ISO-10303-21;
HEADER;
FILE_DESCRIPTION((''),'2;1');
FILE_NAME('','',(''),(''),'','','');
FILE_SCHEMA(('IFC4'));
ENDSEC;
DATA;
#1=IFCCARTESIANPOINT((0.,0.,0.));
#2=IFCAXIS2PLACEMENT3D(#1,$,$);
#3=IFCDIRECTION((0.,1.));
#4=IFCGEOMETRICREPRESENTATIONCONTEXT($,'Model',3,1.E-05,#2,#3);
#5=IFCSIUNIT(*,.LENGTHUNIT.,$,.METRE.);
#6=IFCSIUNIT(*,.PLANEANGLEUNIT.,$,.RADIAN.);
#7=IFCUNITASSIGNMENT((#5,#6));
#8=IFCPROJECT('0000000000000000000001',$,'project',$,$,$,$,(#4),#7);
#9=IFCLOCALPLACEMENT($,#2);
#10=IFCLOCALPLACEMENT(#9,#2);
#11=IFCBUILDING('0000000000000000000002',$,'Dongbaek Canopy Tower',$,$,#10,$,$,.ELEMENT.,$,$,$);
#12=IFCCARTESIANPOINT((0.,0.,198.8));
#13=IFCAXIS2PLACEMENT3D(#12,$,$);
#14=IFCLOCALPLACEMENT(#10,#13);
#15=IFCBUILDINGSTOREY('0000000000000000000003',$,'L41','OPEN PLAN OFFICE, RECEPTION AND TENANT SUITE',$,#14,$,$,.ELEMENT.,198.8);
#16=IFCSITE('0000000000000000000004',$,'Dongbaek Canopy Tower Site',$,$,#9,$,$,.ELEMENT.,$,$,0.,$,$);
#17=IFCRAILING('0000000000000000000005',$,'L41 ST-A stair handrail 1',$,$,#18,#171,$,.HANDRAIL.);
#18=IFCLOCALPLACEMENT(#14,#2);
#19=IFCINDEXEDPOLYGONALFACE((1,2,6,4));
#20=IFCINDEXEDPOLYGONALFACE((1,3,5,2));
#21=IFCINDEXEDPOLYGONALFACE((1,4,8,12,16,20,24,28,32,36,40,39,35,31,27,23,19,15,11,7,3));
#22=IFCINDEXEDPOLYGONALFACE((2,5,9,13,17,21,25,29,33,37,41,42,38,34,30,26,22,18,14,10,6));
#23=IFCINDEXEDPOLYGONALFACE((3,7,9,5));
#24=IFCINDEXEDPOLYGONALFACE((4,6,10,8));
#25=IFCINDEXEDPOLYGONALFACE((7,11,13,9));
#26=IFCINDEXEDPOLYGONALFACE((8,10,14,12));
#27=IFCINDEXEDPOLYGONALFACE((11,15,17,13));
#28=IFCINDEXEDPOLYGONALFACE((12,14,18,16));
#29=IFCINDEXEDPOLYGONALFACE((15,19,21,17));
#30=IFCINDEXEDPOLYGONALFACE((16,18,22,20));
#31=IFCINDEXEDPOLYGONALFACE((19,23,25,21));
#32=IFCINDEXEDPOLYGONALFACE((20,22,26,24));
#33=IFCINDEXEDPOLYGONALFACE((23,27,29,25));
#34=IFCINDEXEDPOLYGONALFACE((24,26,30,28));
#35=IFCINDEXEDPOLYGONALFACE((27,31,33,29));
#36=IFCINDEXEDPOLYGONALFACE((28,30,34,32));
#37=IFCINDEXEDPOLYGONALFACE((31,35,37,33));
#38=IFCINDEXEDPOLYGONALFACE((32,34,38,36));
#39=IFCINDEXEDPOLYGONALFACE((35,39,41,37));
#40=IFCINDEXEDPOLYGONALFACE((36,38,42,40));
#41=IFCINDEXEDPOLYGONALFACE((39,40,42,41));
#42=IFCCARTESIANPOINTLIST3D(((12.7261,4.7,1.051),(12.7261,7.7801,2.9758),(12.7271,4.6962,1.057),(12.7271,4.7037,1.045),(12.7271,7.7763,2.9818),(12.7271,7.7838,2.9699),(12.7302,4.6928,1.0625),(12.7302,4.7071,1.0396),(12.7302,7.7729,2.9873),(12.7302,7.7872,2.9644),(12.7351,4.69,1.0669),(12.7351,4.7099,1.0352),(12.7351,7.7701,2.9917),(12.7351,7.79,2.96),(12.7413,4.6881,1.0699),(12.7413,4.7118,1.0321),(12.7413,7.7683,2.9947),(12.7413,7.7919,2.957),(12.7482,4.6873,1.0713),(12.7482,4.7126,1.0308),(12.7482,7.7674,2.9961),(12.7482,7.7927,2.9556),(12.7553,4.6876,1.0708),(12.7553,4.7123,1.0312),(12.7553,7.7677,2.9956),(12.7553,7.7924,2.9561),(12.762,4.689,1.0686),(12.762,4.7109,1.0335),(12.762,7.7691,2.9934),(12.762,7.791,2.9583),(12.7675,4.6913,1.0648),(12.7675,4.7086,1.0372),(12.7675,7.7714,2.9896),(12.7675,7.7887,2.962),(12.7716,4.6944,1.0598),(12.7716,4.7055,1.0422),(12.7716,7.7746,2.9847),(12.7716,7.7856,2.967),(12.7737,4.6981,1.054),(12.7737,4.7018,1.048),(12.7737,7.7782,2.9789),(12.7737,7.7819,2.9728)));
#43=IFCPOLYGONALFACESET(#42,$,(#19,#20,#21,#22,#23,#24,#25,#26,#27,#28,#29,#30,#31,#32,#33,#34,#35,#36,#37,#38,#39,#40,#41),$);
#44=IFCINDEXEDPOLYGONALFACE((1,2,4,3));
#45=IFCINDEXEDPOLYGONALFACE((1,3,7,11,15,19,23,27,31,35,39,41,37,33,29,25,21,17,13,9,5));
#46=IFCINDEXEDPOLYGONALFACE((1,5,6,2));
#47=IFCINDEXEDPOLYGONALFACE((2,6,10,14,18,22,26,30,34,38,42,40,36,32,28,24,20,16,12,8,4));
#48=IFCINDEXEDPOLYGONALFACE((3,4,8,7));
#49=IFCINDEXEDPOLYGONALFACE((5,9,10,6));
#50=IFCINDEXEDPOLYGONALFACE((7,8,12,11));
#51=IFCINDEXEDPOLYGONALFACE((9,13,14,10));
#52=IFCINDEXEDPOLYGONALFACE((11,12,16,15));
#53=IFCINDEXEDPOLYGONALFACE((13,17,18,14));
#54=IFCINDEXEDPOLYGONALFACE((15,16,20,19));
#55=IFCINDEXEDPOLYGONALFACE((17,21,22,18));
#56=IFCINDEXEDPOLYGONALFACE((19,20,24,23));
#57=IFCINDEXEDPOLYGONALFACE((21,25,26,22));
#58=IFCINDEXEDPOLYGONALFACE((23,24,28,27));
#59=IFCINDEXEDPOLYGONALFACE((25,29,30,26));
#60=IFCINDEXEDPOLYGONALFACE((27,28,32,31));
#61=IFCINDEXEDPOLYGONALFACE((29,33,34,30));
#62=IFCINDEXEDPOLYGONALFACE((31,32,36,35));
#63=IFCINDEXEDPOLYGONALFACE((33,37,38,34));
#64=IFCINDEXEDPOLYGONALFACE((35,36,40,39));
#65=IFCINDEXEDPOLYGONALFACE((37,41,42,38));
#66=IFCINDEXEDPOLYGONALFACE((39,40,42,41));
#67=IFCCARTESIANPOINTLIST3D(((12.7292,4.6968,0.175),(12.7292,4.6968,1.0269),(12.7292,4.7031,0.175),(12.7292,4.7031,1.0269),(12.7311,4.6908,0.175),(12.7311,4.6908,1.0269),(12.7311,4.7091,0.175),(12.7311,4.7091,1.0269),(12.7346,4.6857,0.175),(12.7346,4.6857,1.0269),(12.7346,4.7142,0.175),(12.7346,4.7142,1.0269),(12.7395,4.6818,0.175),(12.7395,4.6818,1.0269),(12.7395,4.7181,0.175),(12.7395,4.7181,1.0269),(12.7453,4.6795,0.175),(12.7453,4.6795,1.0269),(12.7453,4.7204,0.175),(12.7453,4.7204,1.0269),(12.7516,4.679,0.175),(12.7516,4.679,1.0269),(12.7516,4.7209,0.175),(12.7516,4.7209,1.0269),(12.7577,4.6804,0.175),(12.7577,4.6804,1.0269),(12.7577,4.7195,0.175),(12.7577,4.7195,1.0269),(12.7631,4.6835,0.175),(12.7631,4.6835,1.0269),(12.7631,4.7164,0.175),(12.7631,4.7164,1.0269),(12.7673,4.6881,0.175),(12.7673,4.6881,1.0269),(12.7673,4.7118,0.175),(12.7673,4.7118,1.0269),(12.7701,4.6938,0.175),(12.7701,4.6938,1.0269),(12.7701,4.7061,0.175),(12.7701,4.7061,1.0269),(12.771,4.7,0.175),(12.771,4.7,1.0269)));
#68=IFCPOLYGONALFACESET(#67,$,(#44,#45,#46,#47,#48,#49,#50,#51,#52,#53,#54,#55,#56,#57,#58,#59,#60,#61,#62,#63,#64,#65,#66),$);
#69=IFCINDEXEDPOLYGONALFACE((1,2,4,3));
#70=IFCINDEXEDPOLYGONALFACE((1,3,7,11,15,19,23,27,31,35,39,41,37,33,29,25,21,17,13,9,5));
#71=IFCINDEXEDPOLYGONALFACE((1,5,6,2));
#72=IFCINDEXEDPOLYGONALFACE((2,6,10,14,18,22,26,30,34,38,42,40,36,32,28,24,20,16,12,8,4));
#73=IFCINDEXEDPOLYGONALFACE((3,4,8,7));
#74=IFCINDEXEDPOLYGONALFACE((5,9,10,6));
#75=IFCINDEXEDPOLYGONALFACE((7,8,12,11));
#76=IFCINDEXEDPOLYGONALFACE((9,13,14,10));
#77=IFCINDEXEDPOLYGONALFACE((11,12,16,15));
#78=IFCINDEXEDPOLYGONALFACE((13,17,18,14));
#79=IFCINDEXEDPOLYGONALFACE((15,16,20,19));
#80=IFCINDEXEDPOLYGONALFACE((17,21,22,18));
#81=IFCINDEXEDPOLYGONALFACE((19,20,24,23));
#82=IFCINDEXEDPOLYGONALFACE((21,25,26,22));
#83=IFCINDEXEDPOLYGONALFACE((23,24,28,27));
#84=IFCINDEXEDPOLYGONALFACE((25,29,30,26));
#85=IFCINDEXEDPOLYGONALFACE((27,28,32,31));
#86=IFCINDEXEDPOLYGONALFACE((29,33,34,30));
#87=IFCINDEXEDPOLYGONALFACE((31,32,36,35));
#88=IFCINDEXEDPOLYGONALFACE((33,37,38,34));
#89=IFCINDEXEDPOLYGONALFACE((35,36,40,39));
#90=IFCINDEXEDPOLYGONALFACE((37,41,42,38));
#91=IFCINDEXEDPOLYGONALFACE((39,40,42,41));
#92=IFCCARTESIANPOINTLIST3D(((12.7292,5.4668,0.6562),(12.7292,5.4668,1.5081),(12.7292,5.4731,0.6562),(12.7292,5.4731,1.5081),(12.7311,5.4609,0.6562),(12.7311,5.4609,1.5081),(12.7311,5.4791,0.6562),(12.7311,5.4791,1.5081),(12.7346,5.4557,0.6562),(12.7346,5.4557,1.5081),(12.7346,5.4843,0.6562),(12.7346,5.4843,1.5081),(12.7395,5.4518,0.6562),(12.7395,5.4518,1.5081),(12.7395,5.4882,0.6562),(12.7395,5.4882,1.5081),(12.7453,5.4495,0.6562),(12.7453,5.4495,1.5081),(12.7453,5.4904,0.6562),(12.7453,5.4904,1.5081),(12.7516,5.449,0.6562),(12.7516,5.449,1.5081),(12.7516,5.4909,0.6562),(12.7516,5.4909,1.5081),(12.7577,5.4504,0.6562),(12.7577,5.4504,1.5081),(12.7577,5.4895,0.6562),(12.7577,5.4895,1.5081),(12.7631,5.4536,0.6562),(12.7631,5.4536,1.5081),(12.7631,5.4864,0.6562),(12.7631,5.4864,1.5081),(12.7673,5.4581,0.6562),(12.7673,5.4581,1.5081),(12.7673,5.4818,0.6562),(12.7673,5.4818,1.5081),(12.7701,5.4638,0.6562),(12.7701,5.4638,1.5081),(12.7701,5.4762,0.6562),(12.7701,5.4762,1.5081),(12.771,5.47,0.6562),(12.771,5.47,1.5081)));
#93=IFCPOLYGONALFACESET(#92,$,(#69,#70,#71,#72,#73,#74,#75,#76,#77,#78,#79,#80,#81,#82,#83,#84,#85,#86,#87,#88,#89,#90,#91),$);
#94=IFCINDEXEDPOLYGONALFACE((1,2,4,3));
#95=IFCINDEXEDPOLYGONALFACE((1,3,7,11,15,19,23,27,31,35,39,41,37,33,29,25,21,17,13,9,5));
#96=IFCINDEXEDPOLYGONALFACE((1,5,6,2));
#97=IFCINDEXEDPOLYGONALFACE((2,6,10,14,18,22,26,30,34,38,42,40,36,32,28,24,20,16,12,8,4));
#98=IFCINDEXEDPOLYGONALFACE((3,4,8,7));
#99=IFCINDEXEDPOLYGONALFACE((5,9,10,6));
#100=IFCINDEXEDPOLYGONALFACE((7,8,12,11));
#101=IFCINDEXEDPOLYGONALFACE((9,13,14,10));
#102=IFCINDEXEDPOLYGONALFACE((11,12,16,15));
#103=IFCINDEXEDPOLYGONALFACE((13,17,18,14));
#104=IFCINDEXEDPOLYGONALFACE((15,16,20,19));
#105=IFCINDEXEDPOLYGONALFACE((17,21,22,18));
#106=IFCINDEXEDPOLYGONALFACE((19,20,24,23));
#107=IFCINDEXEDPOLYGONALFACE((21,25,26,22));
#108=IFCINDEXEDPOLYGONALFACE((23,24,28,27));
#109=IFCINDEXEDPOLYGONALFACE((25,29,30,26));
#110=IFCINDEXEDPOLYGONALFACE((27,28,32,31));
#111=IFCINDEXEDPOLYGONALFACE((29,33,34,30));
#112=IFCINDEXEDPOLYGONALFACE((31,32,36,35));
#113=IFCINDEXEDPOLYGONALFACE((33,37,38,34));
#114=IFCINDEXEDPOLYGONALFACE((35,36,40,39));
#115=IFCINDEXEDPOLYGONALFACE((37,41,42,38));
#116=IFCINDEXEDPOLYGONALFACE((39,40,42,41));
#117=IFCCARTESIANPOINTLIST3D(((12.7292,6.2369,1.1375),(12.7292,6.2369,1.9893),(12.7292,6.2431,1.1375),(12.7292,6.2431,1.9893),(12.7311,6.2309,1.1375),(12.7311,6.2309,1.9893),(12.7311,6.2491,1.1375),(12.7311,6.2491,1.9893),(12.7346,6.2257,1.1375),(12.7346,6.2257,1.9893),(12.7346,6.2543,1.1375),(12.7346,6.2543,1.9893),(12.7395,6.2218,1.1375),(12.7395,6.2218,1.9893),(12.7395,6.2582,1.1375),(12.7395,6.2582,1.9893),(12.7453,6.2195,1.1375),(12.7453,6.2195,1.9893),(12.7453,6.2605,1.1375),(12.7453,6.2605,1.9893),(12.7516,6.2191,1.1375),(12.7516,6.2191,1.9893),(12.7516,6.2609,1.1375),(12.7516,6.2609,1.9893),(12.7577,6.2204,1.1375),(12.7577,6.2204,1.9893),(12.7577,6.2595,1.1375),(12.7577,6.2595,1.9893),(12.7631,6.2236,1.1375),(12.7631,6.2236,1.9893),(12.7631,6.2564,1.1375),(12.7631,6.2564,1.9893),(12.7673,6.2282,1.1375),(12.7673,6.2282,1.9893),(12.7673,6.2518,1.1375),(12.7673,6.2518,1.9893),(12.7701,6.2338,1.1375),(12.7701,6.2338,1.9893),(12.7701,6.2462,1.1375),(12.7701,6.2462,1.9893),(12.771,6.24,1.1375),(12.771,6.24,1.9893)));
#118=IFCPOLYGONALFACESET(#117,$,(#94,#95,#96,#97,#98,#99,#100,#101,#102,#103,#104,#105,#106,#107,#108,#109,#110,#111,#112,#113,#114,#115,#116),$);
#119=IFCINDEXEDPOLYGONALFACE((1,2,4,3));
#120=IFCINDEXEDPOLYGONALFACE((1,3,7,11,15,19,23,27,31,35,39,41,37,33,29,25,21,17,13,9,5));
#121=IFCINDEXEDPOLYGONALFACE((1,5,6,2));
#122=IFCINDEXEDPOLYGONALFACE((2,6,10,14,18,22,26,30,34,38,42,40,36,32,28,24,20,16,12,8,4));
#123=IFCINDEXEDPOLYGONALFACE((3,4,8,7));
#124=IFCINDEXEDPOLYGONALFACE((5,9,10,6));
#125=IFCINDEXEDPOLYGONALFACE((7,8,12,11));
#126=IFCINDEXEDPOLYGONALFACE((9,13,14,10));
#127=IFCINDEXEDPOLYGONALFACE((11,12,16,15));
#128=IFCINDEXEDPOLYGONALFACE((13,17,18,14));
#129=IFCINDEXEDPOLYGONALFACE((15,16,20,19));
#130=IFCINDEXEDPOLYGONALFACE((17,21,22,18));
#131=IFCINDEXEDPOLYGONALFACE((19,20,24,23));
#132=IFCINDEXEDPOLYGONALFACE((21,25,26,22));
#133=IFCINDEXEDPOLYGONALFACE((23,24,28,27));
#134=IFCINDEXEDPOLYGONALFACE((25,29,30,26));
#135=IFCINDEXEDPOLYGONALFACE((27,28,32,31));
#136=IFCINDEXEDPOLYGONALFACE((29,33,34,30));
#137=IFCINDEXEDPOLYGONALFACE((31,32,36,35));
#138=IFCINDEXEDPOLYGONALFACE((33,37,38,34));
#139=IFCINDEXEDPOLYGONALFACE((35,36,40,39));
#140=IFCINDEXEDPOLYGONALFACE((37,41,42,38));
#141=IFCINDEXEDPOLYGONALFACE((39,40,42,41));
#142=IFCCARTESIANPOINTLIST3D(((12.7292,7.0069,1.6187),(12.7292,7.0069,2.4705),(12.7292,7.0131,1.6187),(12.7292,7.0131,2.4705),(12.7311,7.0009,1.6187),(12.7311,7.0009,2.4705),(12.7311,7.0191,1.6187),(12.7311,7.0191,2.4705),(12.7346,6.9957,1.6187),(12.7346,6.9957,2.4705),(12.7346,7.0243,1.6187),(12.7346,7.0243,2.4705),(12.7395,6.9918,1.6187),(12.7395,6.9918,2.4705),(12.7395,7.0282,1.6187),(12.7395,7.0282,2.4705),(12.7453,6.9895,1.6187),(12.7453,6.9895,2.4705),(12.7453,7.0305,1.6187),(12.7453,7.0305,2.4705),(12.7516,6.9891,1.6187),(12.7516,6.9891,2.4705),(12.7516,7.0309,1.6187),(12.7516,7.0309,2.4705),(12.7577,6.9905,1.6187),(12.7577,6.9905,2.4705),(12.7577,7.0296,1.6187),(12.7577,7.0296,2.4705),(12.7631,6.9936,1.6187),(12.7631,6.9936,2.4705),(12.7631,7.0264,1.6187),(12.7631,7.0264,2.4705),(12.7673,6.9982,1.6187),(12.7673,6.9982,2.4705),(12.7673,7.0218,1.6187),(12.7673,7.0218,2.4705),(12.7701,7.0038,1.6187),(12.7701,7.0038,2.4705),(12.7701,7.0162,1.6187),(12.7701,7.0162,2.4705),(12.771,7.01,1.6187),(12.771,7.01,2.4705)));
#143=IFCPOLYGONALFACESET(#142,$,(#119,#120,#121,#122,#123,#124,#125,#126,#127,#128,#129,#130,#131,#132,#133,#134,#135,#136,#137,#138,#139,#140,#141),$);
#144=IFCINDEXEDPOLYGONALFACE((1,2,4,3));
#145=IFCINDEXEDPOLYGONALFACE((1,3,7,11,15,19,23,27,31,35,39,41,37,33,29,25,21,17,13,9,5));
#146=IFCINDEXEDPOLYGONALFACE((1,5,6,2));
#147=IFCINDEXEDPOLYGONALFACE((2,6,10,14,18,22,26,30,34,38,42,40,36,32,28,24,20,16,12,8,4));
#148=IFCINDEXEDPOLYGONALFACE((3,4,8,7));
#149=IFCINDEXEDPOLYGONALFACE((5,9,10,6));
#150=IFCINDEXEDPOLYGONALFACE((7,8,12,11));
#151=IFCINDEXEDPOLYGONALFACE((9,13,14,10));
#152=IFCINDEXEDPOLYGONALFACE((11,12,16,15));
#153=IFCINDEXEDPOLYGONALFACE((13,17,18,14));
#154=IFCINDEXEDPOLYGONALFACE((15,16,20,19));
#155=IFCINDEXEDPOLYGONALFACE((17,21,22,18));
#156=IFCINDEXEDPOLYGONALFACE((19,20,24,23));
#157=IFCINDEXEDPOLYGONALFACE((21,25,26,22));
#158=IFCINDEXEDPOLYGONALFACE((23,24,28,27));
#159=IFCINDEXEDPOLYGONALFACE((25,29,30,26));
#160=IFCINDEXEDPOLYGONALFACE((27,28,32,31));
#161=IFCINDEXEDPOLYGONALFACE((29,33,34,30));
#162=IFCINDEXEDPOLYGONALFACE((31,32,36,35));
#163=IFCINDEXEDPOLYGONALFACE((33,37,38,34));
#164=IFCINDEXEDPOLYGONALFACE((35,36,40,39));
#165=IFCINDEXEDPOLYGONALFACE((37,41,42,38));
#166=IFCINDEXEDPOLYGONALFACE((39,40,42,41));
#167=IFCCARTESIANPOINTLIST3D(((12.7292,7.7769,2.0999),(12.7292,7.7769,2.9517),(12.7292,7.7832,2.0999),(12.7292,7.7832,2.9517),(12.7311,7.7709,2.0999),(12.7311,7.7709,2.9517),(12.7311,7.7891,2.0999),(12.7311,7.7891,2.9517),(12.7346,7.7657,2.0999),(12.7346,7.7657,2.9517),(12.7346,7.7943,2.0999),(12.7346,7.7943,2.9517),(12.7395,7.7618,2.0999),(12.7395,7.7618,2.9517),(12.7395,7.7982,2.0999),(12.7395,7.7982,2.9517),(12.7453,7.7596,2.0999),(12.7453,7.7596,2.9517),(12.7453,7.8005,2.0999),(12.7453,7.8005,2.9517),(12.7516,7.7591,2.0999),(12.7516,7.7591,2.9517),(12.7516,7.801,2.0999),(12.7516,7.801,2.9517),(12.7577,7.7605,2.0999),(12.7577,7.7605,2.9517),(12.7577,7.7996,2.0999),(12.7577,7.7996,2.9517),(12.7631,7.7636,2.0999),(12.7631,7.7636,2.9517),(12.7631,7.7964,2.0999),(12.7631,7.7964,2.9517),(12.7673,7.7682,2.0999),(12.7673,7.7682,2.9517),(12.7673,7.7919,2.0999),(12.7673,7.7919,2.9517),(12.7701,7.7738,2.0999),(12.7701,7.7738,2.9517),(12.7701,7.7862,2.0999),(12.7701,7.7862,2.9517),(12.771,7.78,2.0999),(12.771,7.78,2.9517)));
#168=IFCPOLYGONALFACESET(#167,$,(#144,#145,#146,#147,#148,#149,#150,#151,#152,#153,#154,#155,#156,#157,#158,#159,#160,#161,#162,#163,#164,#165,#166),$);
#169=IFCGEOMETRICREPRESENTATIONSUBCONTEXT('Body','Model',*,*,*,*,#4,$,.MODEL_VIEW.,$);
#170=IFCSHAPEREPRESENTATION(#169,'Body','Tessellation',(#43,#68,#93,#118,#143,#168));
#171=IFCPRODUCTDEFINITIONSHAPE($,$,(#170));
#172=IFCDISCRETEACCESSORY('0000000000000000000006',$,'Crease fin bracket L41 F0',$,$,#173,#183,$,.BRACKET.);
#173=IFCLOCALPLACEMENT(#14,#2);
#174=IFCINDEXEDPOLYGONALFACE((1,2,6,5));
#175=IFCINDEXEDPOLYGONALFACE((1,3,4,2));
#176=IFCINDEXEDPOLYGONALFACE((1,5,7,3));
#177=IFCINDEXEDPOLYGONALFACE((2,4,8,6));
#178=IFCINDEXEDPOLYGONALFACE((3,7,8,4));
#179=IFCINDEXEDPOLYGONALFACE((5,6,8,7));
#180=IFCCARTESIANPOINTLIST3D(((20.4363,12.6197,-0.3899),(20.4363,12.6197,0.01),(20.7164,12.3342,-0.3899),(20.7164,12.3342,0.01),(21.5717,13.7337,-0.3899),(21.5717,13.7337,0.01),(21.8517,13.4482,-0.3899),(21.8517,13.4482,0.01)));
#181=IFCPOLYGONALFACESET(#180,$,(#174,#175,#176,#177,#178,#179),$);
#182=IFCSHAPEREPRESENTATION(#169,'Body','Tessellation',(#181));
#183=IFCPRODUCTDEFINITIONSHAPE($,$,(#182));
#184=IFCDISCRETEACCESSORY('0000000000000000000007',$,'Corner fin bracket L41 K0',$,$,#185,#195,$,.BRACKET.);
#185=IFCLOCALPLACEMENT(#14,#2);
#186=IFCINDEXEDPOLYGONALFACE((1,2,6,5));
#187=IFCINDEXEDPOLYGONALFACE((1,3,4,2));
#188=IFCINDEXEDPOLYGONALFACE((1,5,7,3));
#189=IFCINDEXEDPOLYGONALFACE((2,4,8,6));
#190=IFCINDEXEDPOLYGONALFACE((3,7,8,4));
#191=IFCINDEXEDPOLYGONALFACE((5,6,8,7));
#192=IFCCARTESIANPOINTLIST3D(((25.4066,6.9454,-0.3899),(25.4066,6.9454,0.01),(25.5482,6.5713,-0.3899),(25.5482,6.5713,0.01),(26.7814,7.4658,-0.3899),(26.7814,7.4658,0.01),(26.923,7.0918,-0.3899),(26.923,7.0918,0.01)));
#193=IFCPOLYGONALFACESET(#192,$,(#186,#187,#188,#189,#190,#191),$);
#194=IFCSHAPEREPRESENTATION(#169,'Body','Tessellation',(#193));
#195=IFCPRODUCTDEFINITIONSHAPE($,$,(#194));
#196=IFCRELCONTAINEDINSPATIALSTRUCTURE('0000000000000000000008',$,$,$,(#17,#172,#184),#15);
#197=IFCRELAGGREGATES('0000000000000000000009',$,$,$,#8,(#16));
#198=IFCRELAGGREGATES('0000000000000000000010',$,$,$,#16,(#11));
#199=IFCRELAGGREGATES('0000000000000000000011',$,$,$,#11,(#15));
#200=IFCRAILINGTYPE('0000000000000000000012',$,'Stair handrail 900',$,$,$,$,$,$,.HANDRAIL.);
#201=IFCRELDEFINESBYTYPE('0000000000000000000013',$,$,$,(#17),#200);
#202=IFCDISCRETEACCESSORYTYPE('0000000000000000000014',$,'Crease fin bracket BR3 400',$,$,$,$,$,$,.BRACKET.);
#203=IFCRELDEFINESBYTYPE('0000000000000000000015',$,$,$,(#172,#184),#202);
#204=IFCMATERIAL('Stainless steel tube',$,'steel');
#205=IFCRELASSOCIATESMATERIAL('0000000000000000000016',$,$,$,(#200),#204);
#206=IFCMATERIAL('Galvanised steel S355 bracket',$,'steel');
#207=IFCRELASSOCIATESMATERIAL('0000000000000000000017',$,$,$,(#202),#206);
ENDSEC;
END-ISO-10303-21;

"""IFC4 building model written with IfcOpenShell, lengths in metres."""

from ifc_helpers import new_model, si_unit, direction, frame, origin, origin_2d, place, context, subcontext, project, spatial, rectangle, circle, extrude, material, type_object, element, save


model = new_model("IFC4")

# Units and contexts
model_context = context("Model", 3, precision=1e-05, world=origin(), true_north=direction((0.0, 1.0)))
body_context = subcontext(model_context, "Body", "Model", "MODEL_VIEW")
ifc_project = project(units=[si_unit("LENGTHUNIT", "METRE"), si_unit("PLANEANGLEUNIT", "RADIAN")], contexts=[model_context])

# Site, building, storey
site_placement = place(None, origin())
site = spatial("IfcSite", under=ifc_project, at=site_placement, Name="Dongbaek Canopy Tower Site", CompositionType="ELEMENT", RefElevation=0.0)
building_placement = place(site_placement, origin())
building = spatial("IfcBuilding", under=site, at=building_placement, Name="Dongbaek Canopy Tower", CompositionType="ELEMENT")
storey_placement = place(building_placement, frame((0.0, 0.0, 198.8)))
storey = spatial("IfcBuildingStorey", under=building, at=storey_placement, Name="L41", Description="OPEN PLAN OFFICE, RECEPTION AND TENANT SUITE", CompositionType="ELEMENT", Elevation=198.8)

# Railing
ifc_material_1 = material(Name="Stainless steel tube", Category="steel")
railing_type = type_object("IfcRailingType", Name="Stair handrail 900", PredefinedType="HANDRAIL", material=ifc_material_1)
railing_placement = place(storey_placement, frame((12.75, 4.7, 0.175)))
element("IfcRailing", 1, at=railing_placement, inside=storey, type_object=railing_type, Name="L41 ST-A stair handrail 1", PredefinedType="HANDRAIL", context=body_context, shape_type="SweptSolid", body=[
    extrude(circle(Radius=0.0239, at=origin_2d()), frame((0.0, 0.0, 0.876), z_axis=(0.0, 0.848029, 0.529951), x_axis=(-1.0, 0.0, 0.0)), (0.0, 0.0, 1.0), 3.6321),
    extrude(circle(Radius=0.021, at=origin_2d()), origin(), (0.0, 0.0, 1.0), 0.8518),
    extrude(circle(Radius=0.021, at=origin_2d()), frame((0.0, 0.77, 0.4812)), (0.0, 0.0, 1.0), 0.8518),
    extrude(circle(Radius=0.021, at=origin_2d()), frame((0.0, 1.54, 0.9624)), (0.0, 0.0, 1.0), 0.8518),
    extrude(circle(Radius=0.021, at=origin_2d()), frame((0.0, 2.3101, 1.4436)), (0.0, 0.0, 1.0), 0.8518),
    extrude(circle(Radius=0.021, at=origin_2d()), frame((0.0, 3.0801, 1.9248)), (0.0, 0.0, 1.0), 0.8518),
])

# Discrete accessories
ifc_material_2 = material(Name="Galvanised steel S355 bracket", Category="steel")
discrete_accessory_type = type_object("IfcDiscreteAccessoryType", Name="Crease fin bracket BR3 400", PredefinedType="BRACKET", material=ifc_material_2)
discrete_accessory_1_placement = place(storey_placement, frame((21.144, 13.0339, -0.3899), z_axis=(0.0, 0.0, 1.0), x_axis=(0.713782, 0.700368, 0.0)))
element("IfcDiscreteAccessory", 2, at=discrete_accessory_1_placement, inside=storey, type_object=discrete_accessory_type, Name="Crease fin bracket L41 F0", PredefinedType="BRACKET", context=body_context, shape_type="SweptSolid", body=[
    extrude(rectangle(XDim=1.5906, YDim=0.3999, at=origin_2d()), origin(), (0.0, 0.0, 1.0), 0.3999),
])
discrete_accessory_2_placement = place(storey_placement, frame((26.1648, 7.0186, -0.3899), z_axis=(0.0, 0.0, 1.0), x_axis=(0.935235, 0.354027, 0.0)))
element("IfcDiscreteAccessory", 3, at=discrete_accessory_2_placement, inside=storey, type_object=discrete_accessory_type, Name="Corner fin bracket L41 K0", PredefinedType="BRACKET", context=body_context, shape_type="SweptSolid", body=[
    extrude(rectangle(XDim=1.47, YDim=0.3999, at=origin_2d()), origin(), (0.0, 0.0, 1.0), 0.3999),
])

save(model, "model.ifc")
